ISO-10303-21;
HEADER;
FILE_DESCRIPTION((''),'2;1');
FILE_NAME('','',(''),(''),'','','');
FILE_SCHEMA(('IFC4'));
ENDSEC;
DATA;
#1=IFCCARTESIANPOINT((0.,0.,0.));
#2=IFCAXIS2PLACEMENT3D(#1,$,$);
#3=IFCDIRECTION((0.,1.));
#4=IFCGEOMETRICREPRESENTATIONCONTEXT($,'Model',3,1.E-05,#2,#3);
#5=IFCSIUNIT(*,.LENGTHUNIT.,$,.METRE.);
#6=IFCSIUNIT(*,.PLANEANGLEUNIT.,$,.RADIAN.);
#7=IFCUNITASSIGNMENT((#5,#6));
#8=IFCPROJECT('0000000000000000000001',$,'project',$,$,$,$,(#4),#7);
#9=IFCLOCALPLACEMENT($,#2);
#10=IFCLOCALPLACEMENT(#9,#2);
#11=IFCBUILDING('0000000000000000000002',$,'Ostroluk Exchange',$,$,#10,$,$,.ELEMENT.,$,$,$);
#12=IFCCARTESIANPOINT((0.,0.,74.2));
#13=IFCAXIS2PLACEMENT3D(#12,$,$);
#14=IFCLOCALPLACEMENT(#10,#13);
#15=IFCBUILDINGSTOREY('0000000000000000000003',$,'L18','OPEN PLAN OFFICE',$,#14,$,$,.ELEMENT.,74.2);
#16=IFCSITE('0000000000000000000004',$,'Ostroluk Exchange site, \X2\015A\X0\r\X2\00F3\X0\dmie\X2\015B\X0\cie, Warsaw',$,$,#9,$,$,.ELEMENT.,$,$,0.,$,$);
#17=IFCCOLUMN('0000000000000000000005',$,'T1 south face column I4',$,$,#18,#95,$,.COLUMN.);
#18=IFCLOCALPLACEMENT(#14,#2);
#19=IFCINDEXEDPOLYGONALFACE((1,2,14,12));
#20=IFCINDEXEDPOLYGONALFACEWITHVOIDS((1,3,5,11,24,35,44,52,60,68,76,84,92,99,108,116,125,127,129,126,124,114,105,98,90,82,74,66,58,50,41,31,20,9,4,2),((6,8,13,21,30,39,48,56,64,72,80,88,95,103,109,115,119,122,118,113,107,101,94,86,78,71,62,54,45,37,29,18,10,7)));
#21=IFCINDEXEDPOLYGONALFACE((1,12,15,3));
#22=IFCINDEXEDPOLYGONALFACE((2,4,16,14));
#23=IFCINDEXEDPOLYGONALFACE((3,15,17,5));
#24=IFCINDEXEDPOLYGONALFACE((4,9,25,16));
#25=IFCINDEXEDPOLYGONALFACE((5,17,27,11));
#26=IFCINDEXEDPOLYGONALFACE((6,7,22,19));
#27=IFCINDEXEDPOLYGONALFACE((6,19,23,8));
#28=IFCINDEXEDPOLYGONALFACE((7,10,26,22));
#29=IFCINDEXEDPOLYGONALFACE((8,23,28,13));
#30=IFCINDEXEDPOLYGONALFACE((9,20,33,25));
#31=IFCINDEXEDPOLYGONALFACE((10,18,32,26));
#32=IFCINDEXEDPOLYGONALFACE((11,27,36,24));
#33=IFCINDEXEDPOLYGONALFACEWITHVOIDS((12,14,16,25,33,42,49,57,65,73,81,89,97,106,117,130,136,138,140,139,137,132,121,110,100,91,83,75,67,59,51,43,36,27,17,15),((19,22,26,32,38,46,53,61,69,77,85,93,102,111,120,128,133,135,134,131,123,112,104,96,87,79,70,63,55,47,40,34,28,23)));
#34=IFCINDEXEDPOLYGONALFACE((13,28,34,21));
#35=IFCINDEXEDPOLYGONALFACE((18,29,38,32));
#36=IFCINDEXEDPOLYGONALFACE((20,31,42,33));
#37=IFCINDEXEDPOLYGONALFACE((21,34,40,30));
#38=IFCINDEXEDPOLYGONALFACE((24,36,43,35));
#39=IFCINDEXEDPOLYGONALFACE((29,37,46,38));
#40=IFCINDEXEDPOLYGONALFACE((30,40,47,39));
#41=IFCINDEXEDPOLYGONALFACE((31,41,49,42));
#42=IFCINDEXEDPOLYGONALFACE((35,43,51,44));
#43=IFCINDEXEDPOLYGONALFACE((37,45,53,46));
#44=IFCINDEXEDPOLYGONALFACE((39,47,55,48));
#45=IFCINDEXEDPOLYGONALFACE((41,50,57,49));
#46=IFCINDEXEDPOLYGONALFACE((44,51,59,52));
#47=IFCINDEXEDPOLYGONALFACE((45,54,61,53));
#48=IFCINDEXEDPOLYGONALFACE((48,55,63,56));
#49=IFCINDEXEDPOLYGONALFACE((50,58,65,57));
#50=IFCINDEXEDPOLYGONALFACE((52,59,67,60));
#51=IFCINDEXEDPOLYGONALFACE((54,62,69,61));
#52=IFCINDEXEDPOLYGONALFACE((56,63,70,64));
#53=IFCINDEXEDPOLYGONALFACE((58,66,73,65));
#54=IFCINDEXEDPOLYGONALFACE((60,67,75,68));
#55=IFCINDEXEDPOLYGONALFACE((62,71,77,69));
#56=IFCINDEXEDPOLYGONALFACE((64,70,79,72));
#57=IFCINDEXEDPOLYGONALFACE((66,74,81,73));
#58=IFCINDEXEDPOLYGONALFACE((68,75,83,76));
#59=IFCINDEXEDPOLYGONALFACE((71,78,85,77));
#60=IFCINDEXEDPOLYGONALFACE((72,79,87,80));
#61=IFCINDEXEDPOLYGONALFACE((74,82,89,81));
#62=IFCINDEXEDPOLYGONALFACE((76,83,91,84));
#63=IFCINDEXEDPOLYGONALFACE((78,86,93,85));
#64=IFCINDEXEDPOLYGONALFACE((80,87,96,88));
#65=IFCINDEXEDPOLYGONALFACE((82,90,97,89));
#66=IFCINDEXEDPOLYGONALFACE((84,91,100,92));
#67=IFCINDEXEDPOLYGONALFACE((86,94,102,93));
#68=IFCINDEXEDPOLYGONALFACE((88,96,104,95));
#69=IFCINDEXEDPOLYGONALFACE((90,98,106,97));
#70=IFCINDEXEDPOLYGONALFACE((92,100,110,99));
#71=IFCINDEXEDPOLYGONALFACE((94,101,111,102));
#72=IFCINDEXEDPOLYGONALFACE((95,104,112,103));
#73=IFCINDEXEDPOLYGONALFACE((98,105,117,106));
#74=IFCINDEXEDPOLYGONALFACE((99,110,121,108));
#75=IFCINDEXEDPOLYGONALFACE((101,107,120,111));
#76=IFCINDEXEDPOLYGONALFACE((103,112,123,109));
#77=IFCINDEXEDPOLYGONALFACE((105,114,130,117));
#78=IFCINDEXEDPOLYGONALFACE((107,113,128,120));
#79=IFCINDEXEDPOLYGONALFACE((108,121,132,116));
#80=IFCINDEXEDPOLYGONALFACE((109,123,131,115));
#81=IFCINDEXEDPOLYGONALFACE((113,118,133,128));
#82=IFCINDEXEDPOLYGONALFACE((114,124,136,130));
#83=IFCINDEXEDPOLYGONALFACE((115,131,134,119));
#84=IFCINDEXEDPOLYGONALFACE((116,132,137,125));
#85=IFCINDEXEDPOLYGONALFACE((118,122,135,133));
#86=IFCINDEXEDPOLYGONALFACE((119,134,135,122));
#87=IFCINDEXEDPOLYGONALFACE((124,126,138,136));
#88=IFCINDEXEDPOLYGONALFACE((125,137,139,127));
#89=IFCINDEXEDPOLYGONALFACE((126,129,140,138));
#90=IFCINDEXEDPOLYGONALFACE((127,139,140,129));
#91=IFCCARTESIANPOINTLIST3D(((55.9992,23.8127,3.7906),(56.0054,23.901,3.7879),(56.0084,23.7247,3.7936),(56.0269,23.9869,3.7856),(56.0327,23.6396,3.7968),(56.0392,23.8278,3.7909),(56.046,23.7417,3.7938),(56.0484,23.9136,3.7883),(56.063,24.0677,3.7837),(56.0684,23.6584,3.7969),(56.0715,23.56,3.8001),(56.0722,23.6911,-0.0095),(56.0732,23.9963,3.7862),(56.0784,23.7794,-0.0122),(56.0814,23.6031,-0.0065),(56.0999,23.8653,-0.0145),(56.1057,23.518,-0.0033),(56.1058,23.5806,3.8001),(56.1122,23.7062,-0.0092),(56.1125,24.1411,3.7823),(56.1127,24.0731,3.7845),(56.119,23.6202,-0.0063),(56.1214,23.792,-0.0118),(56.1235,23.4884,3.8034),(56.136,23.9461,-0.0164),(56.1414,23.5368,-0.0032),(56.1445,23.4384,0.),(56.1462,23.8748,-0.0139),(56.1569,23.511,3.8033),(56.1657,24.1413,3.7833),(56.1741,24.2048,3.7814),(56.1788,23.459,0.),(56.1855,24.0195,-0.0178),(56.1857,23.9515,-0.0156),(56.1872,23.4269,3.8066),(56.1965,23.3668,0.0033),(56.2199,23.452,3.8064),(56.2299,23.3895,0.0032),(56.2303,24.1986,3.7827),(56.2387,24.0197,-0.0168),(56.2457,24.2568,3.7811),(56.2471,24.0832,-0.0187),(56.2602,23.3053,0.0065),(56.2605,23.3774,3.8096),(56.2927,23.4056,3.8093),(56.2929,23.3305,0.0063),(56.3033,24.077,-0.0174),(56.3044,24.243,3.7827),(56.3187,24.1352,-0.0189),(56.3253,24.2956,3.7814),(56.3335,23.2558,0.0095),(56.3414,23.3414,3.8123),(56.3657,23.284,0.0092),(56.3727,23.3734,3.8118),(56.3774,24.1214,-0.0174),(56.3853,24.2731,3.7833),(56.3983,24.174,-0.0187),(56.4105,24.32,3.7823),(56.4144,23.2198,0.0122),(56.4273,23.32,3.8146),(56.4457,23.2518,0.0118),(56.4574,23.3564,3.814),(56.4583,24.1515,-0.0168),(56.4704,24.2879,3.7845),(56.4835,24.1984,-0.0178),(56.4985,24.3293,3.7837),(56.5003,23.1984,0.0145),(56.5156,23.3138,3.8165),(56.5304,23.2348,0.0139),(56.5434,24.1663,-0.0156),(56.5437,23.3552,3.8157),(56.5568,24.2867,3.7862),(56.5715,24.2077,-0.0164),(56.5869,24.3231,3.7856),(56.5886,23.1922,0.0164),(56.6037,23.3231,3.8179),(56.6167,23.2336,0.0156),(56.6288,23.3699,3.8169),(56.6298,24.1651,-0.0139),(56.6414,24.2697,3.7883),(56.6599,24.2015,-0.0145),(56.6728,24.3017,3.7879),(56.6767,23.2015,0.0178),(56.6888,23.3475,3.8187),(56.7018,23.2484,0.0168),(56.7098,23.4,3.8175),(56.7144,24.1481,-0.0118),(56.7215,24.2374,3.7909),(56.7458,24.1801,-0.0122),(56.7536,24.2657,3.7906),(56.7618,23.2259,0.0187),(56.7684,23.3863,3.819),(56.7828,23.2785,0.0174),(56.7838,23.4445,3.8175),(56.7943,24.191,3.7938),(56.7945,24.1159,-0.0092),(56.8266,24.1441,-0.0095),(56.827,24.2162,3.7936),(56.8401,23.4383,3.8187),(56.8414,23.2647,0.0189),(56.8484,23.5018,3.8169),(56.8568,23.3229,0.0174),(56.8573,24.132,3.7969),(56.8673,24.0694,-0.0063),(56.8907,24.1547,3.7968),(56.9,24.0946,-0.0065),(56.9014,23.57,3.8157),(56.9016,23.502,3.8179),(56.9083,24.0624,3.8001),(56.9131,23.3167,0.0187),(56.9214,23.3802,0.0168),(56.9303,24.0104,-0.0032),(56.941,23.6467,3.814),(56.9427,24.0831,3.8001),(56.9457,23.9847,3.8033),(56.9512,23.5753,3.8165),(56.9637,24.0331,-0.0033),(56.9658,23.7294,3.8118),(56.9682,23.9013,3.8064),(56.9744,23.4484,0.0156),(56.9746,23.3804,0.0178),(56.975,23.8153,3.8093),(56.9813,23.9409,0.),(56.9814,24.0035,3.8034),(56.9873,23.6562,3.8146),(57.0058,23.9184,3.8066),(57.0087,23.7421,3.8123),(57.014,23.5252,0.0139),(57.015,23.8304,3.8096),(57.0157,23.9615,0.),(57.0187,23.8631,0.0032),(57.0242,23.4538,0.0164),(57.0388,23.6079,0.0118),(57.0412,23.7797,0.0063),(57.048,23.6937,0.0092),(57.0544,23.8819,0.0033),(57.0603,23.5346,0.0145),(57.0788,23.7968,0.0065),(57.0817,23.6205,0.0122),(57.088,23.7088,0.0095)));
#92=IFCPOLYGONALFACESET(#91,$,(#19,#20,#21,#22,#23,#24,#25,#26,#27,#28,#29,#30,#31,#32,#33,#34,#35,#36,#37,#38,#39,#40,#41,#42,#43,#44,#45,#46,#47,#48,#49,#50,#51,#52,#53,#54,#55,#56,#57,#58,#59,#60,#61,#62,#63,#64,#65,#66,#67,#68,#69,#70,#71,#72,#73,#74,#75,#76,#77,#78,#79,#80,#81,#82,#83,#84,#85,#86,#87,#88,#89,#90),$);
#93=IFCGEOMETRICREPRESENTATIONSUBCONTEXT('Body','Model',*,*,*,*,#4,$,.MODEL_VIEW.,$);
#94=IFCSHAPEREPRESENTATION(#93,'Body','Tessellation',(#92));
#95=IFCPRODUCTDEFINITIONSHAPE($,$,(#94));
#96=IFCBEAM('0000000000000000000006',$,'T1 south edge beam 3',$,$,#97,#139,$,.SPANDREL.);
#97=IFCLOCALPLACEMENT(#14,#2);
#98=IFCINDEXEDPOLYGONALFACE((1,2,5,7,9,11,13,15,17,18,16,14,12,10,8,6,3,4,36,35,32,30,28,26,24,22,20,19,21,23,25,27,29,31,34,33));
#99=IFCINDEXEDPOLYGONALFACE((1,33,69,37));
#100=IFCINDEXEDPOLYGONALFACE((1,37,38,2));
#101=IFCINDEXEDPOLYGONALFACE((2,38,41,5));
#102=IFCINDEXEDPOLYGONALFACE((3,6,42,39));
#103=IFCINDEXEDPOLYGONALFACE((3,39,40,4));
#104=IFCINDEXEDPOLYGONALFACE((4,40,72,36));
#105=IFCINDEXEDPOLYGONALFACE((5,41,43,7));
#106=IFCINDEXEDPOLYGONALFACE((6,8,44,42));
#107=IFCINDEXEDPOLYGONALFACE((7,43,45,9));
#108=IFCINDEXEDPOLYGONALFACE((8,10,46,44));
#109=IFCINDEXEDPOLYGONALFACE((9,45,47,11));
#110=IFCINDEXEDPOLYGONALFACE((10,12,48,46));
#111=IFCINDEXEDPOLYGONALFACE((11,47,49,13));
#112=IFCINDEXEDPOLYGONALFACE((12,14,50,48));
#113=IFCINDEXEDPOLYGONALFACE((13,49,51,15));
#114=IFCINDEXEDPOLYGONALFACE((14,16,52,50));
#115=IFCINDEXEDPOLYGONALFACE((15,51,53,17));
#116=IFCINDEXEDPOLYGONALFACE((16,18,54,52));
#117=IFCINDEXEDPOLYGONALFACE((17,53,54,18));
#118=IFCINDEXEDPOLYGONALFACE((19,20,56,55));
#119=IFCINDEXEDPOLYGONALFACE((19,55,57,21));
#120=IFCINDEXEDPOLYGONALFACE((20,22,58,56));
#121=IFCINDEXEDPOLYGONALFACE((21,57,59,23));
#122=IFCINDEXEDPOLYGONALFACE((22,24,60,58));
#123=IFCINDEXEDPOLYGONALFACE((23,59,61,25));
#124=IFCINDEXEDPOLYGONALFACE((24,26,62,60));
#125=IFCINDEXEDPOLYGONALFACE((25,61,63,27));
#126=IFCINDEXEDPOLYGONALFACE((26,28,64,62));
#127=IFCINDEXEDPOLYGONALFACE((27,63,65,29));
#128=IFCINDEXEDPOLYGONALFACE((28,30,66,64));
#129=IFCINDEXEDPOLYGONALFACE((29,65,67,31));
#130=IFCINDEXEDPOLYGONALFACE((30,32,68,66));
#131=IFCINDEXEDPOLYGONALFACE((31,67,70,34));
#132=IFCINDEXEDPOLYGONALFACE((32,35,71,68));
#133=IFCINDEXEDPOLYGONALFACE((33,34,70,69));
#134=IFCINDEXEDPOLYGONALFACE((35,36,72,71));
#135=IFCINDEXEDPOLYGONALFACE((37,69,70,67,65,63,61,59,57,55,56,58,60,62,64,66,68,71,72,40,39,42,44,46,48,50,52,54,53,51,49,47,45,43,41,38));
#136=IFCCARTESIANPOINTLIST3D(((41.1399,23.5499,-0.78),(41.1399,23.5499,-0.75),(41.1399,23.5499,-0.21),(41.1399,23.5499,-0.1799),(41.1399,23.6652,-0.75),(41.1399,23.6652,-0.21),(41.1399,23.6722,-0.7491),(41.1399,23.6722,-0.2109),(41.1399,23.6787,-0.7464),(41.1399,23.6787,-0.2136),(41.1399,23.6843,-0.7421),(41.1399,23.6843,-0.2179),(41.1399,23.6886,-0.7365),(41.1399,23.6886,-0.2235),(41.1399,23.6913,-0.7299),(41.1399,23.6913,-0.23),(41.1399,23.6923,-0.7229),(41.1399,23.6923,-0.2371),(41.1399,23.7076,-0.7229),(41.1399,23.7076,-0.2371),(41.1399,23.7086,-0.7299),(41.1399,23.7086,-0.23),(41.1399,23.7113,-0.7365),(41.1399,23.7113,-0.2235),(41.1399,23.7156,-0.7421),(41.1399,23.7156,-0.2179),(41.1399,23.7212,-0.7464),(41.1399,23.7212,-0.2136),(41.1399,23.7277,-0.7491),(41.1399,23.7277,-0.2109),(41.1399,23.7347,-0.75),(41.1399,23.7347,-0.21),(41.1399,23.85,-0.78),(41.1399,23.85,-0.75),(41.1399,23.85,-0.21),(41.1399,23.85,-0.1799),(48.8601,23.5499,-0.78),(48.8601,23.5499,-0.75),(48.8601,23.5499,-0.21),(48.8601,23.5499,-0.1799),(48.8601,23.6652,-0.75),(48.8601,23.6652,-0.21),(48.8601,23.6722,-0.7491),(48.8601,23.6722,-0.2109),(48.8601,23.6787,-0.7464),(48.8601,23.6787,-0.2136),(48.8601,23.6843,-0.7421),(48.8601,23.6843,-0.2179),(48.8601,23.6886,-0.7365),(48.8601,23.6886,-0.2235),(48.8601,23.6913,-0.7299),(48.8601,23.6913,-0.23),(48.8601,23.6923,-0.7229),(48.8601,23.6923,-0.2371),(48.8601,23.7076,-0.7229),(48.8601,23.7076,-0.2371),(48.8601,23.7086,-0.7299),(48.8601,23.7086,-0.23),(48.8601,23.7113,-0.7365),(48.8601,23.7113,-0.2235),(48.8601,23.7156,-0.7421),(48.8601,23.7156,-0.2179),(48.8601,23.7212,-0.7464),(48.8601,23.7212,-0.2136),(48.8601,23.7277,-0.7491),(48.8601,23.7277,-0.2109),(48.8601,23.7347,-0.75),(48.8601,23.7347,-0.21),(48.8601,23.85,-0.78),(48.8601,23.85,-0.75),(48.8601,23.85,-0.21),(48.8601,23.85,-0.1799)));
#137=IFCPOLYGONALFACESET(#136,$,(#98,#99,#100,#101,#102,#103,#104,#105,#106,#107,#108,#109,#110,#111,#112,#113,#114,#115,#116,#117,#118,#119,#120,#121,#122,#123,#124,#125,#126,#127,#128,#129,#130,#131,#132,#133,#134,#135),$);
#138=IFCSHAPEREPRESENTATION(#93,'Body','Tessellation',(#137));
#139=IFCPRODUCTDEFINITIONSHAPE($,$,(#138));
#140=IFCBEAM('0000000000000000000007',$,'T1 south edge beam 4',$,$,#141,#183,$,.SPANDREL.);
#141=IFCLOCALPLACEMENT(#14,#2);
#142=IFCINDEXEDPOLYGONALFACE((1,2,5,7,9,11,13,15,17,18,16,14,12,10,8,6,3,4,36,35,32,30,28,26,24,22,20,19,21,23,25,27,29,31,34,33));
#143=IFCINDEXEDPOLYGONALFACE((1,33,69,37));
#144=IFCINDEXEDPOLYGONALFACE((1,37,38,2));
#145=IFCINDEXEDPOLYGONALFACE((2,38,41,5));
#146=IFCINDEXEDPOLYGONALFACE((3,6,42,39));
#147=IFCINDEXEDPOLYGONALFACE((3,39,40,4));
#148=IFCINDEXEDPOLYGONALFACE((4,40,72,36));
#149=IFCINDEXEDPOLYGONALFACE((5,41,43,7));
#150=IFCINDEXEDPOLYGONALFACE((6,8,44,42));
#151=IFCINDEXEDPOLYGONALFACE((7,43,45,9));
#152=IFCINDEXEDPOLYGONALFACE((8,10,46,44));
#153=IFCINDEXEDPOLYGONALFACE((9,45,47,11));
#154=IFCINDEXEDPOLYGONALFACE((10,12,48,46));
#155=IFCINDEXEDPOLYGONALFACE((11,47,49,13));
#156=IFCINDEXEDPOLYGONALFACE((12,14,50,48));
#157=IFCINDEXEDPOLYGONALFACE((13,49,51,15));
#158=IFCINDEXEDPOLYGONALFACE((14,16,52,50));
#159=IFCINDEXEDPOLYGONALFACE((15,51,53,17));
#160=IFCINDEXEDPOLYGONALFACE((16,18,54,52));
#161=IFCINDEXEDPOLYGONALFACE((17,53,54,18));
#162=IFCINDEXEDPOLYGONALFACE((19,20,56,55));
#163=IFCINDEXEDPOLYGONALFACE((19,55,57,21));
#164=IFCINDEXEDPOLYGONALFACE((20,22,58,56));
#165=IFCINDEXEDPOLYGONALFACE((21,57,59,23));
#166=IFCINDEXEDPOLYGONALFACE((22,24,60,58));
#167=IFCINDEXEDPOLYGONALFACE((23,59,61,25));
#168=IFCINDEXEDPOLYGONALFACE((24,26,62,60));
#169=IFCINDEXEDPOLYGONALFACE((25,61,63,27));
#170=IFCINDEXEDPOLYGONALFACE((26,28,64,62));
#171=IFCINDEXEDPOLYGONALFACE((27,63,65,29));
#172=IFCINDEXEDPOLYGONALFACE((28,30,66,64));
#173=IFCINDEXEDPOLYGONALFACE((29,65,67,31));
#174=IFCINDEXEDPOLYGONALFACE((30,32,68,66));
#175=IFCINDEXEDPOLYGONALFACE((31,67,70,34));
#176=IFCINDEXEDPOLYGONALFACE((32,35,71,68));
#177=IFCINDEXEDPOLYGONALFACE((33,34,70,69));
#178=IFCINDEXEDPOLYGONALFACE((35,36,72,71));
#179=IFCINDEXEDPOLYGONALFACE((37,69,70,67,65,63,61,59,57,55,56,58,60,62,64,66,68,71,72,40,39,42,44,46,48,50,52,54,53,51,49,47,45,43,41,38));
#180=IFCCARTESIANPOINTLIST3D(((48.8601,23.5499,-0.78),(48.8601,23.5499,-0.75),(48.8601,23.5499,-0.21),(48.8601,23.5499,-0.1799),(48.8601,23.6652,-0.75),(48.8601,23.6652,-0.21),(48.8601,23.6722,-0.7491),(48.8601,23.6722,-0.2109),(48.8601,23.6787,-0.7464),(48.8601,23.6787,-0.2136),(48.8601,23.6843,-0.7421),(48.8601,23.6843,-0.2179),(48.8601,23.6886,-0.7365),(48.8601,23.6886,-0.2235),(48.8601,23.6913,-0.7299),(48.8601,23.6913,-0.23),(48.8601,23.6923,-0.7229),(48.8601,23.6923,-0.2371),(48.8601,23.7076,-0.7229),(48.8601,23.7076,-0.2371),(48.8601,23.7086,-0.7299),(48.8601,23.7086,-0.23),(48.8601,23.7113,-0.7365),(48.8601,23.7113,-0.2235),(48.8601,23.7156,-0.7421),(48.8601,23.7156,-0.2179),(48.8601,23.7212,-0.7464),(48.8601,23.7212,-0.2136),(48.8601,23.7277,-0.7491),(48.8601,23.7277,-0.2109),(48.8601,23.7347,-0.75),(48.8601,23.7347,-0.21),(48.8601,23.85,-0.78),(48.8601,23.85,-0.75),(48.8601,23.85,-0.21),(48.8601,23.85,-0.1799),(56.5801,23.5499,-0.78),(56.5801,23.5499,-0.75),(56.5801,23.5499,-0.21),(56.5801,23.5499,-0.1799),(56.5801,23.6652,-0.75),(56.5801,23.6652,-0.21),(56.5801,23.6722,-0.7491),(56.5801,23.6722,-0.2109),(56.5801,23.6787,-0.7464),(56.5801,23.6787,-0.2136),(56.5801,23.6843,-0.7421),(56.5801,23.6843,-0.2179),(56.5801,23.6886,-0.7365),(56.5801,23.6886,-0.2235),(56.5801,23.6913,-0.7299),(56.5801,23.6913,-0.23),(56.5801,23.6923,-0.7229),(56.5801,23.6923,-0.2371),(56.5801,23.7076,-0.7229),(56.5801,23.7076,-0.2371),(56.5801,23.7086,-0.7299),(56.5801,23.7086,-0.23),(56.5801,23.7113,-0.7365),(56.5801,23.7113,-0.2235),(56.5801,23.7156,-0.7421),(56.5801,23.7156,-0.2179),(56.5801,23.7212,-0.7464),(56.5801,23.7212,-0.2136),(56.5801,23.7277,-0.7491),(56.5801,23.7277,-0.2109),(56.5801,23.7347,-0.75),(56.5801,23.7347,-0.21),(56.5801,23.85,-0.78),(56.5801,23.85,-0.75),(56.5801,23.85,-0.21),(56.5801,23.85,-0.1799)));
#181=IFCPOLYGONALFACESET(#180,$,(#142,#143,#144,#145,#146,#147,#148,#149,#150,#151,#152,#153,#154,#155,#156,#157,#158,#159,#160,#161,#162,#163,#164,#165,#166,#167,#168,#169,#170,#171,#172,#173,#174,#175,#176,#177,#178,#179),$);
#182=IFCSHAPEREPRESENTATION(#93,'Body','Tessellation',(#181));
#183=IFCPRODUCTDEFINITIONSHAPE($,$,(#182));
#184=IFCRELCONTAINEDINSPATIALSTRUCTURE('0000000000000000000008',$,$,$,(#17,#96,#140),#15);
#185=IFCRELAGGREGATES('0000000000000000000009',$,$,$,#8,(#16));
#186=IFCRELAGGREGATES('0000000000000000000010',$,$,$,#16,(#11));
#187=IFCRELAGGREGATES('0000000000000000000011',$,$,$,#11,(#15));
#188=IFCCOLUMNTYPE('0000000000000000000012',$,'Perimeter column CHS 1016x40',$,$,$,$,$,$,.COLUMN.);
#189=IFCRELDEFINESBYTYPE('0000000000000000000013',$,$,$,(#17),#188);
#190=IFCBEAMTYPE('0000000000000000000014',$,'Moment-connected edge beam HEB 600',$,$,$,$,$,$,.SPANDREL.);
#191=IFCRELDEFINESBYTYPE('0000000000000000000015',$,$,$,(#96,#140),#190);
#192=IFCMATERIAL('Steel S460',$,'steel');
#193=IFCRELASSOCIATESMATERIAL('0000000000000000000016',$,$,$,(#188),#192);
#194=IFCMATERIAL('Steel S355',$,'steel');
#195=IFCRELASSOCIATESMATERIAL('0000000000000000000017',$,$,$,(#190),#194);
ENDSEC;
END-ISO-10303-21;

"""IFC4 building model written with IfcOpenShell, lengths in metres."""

from ifc_helpers import new_model, si_unit, direction, frame, origin, origin_2d, place, context, subcontext, project, spatial, hollow_circle, i_section, extrude, material, material_profile, profile_set, type_object, element, save


model = new_model("IFC4")

# Units and contexts
model_context = context("Model", 3, precision=1e-05, world=origin(), true_north=direction((0.0, 1.0)))
body_context = subcontext(model_context, "Body", "Model", "MODEL_VIEW")
ifc_project = project(units=[si_unit("LENGTHUNIT", "METRE"), si_unit("PLANEANGLEUNIT", "RADIAN")], contexts=[model_context])

# Site, building, storey
site_placement = place(None, origin())
site = spatial("IfcSite", under=ifc_project, at=site_placement, Name="Ostroluk Exchange site, Śródmieście, Warsaw", CompositionType="ELEMENT", RefElevation=0.0)
building_placement = place(site_placement, origin())
building = spatial("IfcBuilding", under=site, at=building_placement, Name="Ostroluk Exchange", CompositionType="ELEMENT")
storey_placement = place(building_placement, frame((0.0, 0.0, 74.2)))
storey = spatial("IfcBuildingStorey", under=building, at=storey_placement, Name="L18", Description="OPEN PLAN OFFICE", CompositionType="ELEMENT", Elevation=74.2)

# Column
ifc_material_1 = material(Name="Steel S460", Category="steel")
ifc_material_profile_1 = material_profile(ifc_material_1, hollow_circle(Radius=0.5081, WallThickness=0.04, at=origin_2d()), Name="CHS 1016x40")
ifc_profile_set_1 = profile_set([ifc_material_profile_1], Name="Steel S460")
column_type = type_object("IfcColumnType", Name="Perimeter column CHS 1016x40", PredefinedType="COLUMN", material=ifc_profile_set_1)
column_placement = place(storey_placement, frame((56.5801, 23.7, 0.0), z_axis=(-0.019196, 0.031973, 0.999304), x_axis=(-0.857341, -0.514749, 0.0)))
element("IfcColumn", 1, at=column_placement, inside=storey, type_object=column_type, Name="T1 south face column I4", PredefinedType="COLUMN", context=body_context, shape_type="SweptSolid", body=[
    extrude(hollow_circle(Radius=0.5081, WallThickness=0.04, at=origin_2d()), origin(), (0.0, 0.0, 1.0), 3.8027),
])

# Beams
ifc_material_2 = material(Name="Steel S355", Category="steel")
ifc_material_profile_2 = material_profile(ifc_material_2, i_section(OverallWidth=0.3, OverallDepth=0.6001, WebThickness=0.0154, FlangeThickness=0.03, FilletRadius=0.0271, at=origin_2d()), Name="HEB 600")
ifc_profile_set_2 = profile_set([ifc_material_profile_2], Name="Steel S355")
beam_type = type_object("IfcBeamType", Name="Moment-connected edge beam HEB 600", PredefinedType="SPANDREL", material=ifc_profile_set_2)
beam_placement = place(storey_placement, frame((41.1399, 23.7, -0.48), z_axis=(1.0, 0.0, 0.0), x_axis=(0.0, 1.0, 0.0)))
element("IfcBeam", 2, at=beam_placement, inside=storey, type_object=beam_type, Name="T1 south edge beam 3", PredefinedType="SPANDREL", context=body_context, shape_type="SweptSolid", body=[
    extrude(i_section(OverallWidth=0.3, OverallDepth=0.6001, WebThickness=0.0154, FlangeThickness=0.03, FilletRadius=0.0271, at=origin_2d()), origin(), (0.0, 0.0, 1.0), 7.7202),
])
for number, where, z_axis, x_axis, name in (
    (3, (48.8601, 23.7, -0.48), (1.0, 0.0, 0.0), (0.0, 1.0, 0.0), "T1 south edge beam 4"),
):
    element("IfcBeam", number, at=place(storey_placement, frame(where, z_axis=z_axis, x_axis=x_axis)), inside=storey, type_object=beam_type, Name=name, PredefinedType="SPANDREL", context=body_context, shape_type="SweptSolid", body=[
        extrude(i_section(OverallWidth=0.3, OverallDepth=0.6001, WebThickness=0.0154, FlangeThickness=0.03, FilletRadius=0.0271, at=origin_2d()), origin(), (0.0, 0.0, 1.0), 7.72),
    ])

save(model, "model.ifc")
